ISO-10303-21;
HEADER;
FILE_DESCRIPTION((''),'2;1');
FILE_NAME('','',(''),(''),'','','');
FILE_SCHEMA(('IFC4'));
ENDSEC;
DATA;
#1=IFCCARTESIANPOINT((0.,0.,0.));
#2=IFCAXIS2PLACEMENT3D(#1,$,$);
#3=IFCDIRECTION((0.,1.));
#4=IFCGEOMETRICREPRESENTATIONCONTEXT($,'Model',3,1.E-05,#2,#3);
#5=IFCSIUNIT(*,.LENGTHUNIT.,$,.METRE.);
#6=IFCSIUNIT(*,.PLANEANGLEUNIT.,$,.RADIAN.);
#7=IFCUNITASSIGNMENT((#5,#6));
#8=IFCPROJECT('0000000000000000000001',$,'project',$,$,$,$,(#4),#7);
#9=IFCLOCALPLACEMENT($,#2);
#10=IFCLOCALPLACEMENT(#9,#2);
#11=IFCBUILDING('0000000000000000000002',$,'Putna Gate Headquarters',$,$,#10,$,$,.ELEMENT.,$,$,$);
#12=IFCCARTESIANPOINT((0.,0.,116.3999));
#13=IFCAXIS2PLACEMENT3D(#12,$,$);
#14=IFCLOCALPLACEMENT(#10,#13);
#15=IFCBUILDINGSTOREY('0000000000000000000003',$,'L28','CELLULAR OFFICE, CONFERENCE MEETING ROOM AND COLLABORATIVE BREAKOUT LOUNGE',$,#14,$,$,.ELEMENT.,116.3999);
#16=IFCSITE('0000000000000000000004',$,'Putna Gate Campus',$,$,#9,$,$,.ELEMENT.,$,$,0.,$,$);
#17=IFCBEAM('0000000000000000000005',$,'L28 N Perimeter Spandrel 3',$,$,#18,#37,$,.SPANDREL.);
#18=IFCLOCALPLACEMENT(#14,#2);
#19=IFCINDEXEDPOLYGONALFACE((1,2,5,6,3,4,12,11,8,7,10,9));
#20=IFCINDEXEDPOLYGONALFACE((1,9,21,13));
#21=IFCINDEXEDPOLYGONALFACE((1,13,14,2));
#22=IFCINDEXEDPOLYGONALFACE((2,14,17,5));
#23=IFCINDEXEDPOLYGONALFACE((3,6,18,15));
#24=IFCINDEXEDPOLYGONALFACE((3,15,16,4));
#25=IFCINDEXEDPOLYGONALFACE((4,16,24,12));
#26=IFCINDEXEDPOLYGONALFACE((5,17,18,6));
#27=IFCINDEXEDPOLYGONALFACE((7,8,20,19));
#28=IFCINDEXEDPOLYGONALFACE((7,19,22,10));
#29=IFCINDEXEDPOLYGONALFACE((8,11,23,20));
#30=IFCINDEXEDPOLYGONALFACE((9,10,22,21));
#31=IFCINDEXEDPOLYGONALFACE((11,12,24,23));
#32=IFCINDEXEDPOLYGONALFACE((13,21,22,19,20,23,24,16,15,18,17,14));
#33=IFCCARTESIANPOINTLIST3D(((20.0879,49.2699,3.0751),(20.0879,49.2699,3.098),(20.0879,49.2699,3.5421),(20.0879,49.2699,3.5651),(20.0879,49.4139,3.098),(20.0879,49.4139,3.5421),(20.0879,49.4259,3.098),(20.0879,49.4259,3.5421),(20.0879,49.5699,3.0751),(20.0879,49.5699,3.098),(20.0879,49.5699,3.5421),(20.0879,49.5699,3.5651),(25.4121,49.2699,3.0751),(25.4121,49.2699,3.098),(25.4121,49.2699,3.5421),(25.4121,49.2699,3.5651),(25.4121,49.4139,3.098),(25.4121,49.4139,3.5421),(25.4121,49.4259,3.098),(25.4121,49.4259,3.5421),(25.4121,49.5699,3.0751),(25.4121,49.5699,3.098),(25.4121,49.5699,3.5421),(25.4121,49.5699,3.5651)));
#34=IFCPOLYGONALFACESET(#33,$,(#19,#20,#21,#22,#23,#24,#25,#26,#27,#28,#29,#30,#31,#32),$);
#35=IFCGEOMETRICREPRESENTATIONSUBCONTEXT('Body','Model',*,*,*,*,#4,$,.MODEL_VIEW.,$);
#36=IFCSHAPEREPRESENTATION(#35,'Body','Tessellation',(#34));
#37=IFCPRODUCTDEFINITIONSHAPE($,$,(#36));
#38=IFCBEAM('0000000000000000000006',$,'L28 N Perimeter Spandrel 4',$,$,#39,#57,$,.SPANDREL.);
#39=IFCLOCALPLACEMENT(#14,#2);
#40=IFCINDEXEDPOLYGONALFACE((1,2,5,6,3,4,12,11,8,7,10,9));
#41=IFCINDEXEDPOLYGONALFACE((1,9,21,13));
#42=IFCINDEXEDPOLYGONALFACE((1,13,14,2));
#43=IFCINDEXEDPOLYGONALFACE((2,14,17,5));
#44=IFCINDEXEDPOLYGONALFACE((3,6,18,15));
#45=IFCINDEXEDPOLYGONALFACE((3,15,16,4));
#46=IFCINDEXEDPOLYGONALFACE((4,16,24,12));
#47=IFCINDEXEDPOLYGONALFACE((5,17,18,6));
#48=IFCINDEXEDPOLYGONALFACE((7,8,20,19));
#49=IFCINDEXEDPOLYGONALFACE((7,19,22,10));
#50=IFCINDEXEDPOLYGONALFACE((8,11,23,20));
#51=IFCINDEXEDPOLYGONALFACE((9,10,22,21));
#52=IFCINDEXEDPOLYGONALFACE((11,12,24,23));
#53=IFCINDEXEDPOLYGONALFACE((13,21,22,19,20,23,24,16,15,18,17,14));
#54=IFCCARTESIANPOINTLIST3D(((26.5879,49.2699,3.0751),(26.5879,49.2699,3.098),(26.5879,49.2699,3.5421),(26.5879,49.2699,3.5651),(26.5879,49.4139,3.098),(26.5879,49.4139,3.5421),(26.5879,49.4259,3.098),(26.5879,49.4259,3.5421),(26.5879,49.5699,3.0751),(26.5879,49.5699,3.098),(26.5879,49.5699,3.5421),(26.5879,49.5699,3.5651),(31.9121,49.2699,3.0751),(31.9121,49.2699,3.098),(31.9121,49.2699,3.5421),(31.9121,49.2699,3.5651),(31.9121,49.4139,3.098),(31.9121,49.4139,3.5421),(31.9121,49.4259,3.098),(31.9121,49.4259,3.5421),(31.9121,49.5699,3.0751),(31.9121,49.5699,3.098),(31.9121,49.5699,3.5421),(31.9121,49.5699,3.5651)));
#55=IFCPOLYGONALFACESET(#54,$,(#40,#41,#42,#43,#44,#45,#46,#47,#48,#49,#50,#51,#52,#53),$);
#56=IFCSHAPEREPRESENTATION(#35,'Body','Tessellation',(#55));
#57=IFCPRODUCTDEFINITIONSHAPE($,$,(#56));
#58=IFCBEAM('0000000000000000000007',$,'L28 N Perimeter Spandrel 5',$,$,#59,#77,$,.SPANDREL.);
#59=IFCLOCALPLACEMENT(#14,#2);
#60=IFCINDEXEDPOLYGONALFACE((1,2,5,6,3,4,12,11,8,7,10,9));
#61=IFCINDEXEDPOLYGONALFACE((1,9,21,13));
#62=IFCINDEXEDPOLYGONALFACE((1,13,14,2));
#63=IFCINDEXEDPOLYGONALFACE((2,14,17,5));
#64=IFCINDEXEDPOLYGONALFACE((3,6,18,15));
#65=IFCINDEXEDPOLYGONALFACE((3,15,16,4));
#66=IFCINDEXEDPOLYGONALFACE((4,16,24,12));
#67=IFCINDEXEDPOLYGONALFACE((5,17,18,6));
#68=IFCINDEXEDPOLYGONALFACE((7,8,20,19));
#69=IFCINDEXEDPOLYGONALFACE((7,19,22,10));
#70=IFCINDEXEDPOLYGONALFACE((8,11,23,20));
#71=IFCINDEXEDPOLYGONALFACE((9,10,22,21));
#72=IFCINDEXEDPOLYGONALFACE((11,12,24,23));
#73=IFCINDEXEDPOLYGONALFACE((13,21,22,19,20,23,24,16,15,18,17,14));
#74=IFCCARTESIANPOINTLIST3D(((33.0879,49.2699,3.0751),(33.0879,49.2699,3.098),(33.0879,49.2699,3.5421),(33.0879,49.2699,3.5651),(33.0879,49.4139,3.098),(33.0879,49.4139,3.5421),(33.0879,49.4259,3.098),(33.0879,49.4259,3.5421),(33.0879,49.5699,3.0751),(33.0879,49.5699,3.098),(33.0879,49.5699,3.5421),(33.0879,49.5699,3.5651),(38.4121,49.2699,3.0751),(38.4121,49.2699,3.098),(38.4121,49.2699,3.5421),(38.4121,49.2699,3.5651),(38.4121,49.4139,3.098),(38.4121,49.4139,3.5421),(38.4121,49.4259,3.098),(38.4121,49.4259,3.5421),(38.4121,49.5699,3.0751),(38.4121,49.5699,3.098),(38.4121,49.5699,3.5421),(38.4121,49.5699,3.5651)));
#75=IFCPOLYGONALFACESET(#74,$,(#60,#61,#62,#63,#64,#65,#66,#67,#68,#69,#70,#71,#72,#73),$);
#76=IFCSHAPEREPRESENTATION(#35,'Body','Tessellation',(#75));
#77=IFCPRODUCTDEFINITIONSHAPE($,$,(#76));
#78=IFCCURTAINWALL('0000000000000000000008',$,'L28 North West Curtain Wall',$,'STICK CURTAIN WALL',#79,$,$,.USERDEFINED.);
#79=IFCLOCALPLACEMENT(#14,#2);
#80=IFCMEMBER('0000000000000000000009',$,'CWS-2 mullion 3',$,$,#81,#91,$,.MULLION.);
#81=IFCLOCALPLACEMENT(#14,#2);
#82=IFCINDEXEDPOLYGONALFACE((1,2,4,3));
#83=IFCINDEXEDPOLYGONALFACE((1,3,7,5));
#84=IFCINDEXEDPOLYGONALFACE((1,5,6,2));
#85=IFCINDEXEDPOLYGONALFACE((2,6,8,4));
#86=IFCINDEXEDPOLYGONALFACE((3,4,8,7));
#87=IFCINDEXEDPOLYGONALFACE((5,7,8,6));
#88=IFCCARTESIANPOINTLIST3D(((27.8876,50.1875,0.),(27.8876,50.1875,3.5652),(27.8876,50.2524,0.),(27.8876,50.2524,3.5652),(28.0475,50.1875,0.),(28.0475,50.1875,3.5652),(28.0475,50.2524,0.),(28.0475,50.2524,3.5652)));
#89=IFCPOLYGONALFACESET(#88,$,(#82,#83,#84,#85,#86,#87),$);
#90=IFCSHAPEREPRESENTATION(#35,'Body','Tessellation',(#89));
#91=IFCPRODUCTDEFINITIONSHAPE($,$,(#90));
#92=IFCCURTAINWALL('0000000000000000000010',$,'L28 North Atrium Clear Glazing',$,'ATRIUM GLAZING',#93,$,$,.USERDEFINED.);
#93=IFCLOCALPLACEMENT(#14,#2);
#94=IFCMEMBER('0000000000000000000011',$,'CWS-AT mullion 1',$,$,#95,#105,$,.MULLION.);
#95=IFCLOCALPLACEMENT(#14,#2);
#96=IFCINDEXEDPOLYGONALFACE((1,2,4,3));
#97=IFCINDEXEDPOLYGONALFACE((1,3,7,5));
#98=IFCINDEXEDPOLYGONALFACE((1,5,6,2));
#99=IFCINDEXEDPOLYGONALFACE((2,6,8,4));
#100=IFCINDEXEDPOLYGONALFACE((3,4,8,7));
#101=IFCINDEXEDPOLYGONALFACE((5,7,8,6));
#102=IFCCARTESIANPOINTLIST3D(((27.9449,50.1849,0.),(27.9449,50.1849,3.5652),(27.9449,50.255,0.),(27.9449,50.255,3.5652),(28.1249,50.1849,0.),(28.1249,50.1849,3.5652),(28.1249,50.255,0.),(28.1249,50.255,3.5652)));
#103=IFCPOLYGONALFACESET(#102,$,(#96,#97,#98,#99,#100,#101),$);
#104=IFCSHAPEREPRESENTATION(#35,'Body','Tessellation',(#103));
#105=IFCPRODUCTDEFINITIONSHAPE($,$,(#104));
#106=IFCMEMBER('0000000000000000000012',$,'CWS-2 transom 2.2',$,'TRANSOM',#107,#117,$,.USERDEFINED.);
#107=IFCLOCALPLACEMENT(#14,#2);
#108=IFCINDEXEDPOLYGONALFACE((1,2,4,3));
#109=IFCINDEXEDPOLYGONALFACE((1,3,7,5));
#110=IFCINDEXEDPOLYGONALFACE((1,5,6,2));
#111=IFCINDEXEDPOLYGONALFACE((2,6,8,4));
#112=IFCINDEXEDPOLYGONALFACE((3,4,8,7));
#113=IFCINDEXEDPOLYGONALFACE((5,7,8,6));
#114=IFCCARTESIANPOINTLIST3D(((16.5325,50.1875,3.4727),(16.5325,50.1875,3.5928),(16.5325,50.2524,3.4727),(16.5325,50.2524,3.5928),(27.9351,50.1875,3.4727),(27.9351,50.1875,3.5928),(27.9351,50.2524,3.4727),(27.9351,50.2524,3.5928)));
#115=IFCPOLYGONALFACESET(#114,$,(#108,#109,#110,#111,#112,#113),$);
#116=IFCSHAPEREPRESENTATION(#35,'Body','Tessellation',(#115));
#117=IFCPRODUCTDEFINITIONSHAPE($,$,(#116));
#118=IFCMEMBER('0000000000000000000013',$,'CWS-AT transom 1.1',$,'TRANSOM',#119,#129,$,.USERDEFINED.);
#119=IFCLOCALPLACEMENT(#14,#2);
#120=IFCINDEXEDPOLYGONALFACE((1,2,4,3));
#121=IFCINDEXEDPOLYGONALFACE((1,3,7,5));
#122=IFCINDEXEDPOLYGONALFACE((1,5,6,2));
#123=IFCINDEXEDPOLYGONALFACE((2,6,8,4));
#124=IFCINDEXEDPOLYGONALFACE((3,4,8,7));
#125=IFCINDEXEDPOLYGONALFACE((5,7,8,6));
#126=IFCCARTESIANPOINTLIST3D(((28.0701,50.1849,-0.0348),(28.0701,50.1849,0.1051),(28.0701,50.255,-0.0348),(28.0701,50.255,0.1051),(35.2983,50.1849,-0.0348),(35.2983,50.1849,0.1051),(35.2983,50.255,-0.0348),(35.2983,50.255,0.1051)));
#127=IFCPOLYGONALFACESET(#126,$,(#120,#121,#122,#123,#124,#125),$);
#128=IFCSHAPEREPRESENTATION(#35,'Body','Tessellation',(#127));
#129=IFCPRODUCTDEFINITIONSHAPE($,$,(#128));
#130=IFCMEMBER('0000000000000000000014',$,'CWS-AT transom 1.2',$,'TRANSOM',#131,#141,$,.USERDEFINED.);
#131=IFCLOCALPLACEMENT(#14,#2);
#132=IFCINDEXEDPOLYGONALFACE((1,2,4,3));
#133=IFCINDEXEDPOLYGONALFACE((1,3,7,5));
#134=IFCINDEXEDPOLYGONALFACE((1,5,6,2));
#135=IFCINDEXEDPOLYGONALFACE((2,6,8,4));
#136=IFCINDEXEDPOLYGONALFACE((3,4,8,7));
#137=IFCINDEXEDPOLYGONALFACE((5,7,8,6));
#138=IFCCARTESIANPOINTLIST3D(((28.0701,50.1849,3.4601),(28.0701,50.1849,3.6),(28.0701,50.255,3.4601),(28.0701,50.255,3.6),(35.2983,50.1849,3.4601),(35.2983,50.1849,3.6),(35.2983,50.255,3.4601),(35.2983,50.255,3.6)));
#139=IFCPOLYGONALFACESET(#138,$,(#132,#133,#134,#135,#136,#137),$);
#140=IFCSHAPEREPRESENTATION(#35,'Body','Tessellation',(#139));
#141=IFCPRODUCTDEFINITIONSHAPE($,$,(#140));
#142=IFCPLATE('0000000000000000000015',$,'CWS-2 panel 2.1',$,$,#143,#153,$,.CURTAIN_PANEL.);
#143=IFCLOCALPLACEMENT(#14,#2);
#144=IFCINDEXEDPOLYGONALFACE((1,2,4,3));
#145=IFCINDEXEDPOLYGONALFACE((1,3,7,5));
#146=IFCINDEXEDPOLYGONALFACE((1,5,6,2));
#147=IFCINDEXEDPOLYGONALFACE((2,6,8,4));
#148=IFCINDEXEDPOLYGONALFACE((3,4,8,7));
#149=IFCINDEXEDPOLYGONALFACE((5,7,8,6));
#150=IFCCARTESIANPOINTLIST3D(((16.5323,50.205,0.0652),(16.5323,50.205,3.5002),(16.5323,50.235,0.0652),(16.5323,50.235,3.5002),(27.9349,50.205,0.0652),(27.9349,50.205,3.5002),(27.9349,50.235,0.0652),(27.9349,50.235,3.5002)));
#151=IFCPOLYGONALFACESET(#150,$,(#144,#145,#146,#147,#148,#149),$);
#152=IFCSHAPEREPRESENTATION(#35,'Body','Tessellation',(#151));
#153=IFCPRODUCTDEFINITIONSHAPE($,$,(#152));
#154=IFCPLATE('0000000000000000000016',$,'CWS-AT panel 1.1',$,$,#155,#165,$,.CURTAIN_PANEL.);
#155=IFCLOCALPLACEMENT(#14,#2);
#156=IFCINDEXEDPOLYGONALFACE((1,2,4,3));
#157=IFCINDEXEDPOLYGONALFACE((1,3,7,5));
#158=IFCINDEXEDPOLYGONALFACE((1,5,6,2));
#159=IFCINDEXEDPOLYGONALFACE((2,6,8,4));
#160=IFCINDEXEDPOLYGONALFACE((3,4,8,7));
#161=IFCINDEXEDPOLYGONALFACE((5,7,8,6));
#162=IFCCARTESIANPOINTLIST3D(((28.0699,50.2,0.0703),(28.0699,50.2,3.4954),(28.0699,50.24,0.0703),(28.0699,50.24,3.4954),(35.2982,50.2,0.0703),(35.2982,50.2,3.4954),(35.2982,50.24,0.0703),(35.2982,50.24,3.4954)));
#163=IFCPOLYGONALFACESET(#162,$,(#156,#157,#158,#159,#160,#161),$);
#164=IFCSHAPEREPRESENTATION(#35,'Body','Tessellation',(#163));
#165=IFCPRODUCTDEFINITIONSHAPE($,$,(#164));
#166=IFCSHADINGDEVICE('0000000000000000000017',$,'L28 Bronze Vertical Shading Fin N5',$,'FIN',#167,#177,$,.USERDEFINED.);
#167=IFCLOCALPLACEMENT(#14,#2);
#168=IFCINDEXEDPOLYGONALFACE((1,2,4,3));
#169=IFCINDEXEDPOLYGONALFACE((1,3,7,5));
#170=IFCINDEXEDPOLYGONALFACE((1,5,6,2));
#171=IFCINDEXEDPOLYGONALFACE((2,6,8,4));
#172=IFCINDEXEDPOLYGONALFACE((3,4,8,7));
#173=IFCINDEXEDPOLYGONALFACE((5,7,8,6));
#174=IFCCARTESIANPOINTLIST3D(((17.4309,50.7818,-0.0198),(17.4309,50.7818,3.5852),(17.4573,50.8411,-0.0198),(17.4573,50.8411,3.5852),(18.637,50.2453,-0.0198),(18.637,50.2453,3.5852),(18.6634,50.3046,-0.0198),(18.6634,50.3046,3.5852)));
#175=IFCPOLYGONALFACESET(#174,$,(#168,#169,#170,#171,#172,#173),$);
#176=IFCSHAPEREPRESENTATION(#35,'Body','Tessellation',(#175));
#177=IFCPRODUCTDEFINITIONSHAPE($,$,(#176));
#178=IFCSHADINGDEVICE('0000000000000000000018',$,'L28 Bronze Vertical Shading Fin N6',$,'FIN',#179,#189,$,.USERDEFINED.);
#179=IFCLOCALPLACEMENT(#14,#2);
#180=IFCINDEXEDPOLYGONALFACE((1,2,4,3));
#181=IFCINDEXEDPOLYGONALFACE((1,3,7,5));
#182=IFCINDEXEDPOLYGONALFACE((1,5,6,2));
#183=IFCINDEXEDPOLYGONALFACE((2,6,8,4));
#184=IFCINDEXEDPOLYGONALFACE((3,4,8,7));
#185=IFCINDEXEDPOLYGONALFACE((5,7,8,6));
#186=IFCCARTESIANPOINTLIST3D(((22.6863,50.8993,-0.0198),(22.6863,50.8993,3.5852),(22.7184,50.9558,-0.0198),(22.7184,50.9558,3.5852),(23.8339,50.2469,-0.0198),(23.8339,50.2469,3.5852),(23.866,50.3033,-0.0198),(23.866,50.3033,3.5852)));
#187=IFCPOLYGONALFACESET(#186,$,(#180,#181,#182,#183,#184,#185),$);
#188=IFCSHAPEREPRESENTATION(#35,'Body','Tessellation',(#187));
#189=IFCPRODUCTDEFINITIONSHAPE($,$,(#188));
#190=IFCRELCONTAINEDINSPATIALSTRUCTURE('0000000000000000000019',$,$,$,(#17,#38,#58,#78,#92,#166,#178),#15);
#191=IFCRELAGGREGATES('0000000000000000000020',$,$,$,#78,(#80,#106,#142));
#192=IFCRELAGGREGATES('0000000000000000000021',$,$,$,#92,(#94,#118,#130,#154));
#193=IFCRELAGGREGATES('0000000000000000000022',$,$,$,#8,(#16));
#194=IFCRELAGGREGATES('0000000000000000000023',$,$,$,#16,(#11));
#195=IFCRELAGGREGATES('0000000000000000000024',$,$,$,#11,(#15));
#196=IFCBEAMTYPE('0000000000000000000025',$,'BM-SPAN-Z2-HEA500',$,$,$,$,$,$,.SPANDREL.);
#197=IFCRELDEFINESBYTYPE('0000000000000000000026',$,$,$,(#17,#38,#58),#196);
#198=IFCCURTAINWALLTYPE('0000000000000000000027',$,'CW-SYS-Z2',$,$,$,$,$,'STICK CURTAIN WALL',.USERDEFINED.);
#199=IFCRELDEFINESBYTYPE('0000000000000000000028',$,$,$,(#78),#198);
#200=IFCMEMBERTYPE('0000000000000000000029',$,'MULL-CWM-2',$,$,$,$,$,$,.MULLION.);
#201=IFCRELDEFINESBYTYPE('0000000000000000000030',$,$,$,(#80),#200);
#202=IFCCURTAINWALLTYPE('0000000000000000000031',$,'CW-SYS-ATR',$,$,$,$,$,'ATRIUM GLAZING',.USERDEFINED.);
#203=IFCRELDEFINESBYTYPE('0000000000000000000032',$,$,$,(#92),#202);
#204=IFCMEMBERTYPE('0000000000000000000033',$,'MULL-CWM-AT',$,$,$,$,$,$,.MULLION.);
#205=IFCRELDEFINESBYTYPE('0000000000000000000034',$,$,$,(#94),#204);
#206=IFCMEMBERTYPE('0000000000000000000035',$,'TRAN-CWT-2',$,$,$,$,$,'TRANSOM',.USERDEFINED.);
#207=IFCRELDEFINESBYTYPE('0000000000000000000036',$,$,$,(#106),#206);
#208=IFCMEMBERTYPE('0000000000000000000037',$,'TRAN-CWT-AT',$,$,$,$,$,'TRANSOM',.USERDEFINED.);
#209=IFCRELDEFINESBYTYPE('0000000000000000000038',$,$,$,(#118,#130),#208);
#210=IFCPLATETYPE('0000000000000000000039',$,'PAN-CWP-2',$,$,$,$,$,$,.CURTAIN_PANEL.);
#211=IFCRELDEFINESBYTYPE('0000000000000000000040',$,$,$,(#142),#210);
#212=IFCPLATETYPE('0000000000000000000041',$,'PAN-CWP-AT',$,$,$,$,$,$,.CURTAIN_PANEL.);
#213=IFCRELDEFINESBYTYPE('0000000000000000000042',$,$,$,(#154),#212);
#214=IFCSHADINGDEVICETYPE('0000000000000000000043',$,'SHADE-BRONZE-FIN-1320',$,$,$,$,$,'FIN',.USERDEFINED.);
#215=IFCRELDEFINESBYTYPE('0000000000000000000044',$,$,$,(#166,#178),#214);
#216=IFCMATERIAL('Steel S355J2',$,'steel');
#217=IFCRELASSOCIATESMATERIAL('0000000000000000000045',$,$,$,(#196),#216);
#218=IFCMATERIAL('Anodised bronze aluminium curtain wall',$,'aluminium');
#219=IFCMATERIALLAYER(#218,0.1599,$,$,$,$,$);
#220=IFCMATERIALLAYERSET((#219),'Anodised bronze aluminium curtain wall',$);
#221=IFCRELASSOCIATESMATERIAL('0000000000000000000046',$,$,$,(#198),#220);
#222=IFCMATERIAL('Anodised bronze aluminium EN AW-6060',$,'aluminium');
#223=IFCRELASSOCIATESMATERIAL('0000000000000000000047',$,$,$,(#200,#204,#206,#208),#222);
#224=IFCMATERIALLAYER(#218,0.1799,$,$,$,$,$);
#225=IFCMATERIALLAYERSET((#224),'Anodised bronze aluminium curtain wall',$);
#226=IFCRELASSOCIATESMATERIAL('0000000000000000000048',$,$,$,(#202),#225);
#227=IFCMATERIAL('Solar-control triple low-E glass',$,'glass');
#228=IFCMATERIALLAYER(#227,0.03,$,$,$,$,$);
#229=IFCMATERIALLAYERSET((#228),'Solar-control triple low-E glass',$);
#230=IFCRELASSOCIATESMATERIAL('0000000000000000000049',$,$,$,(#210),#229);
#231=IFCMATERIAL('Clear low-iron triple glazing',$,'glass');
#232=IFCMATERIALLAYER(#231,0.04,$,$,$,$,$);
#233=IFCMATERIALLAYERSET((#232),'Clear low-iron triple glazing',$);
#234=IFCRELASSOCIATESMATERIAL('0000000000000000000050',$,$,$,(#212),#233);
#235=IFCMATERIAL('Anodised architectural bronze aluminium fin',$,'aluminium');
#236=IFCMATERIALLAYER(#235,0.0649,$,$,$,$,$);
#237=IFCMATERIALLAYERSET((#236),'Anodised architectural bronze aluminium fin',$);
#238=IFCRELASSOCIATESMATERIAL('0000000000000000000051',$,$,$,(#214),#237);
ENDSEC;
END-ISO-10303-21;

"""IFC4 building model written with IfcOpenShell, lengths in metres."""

from ifc_helpers import new_model, si_unit, direction, frame, origin, origin_2d, place, context, subcontext, project, spatial, rectangle, i_section, extrude, material, layer, layer_set, material_profile, profile_set, type_object, element, aggregate, save


model = new_model("IFC4")

# Units and contexts
model_context = context("Model", 3, precision=1e-05, world=origin(), true_north=direction((0.0, 1.0)))
body_context = subcontext(model_context, "Body", "Model", "MODEL_VIEW")
ifc_project = project(units=[si_unit("LENGTHUNIT", "METRE"), si_unit("PLANEANGLEUNIT", "RADIAN")], contexts=[model_context])

# Site, building, storey
site_placement = place(None, origin())
site = spatial("IfcSite", under=ifc_project, at=site_placement, Name="Putna Gate Campus", CompositionType="ELEMENT", RefElevation=0.0)
building_placement = place(site_placement, origin())
building = spatial("IfcBuilding", under=site, at=building_placement, Name="Putna Gate Headquarters", CompositionType="ELEMENT")
storey_placement = place(building_placement, frame((0.0, 0.0, 116.3999)))
storey = spatial("IfcBuildingStorey", under=building, at=storey_placement, Name="L28", Description="CELLULAR OFFICE, CONFERENCE MEETING ROOM AND COLLABORATIVE BREAKOUT LOUNGE", CompositionType="ELEMENT", Elevation=116.3999)

# Beams
ifc_material_1 = material(Name="Steel S355J2", Category="steel")
ifc_material_profile_1 = material_profile(ifc_material_1, i_section(OverallWidth=0.3, OverallDepth=0.49, WebThickness=0.012, FlangeThickness=0.0229, at=origin_2d()), Name="Steel S355J2")
ifc_profile_set_1 = profile_set([ifc_material_profile_1], Name="Steel S355J2")
beam_type_1 = type_object("IfcBeamType", Name="BM-SPAN-Z2-HEA500", PredefinedType="SPANDREL", material=ifc_profile_set_1)
for number, where, z_axis, x_axis, name in (
    (1, (20.0879, 49.4199, 3.3201), (1.0, 0.0, 0.0), (0.0, 1.0, 0.0), "L28 N Perimeter Spandrel 3"),
    (2, (26.5879, 49.4199, 3.3201), (1.0, 0.0, 0.0), (0.0, 1.0, 0.0), "L28 N Perimeter Spandrel 4"),
    (3, (33.0879, 49.4199, 3.3201), (1.0, 0.0, 0.0), (0.0, 1.0, 0.0), "L28 N Perimeter Spandrel 5"),
):
    element("IfcBeam", number, at=place(storey_placement, frame(where, z_axis=z_axis, x_axis=x_axis)), inside=storey, type_object=beam_type_1, Name=name, PredefinedType="SPANDREL", context=body_context, shape_type="SweptSolid", body=[
        extrude(i_section(OverallWidth=0.3, OverallDepth=0.49, WebThickness=0.012, FlangeThickness=0.0229, at=origin_2d()), origin(), (0.0, 0.0, 1.0), 5.3242),
    ])

# Curtain walls, members
ifc_material_2 = material(Name="Anodised bronze aluminium curtain wall", Category="aluminium")
ifc_layer_1 = layer(ifc_material_2, 0.1599)
ifc_layer_set_1 = layer_set([ifc_layer_1], Name="Anodised bronze aluminium curtain wall")
curtain_wall_type_1 = type_object("IfcCurtainWallType", Name="CW-SYS-Z2", ElementType="STICK CURTAIN WALL", PredefinedType="USERDEFINED", material=ifc_layer_set_1)
curtain_wall_1_placement = place(storey_placement, origin())
curtain_wall_1 = element("IfcCurtainWall", 4, at=curtain_wall_1_placement, inside=storey, type_object=curtain_wall_type_1, Name="L28 North West Curtain Wall", ObjectType="STICK CURTAIN WALL", PredefinedType="USERDEFINED")
ifc_material_3 = material(Name="Anodised bronze aluminium EN AW-6060", Category="aluminium")
ifc_material_profile_2 = material_profile(ifc_material_3, rectangle(XDim=0.0649, YDim=0.1599, at=origin_2d()), Name="Anodised bronze aluminium EN AW-6060")
ifc_profile_set_2 = profile_set([ifc_material_profile_2], Name="Anodised bronze aluminium EN AW-6060")
member_type_1 = type_object("IfcMemberType", Name="MULL-CWM-2", PredefinedType="MULLION", material=ifc_profile_set_2)
member_1_placement = place(storey_placement, frame((27.9675, 50.22, 0.0), z_axis=(0.0, 0.0, 1.0), x_axis=(0.0, 1.0, 0.0)))
member_1 = element("IfcMember", 5, at=member_1_placement, type_object=member_type_1, Name="CWS-2 mullion 3", PredefinedType="MULLION", context=body_context, shape_type="SweptSolid", body=[
    extrude(rectangle(XDim=0.0649, YDim=0.1599, at=origin_2d()), origin(), (0.0, 0.0, 1.0), 3.5652),
])
ifc_layer_2 = layer(ifc_material_2, 0.1799)
ifc_layer_set_2 = layer_set([ifc_layer_2], Name="Anodised bronze aluminium curtain wall")
curtain_wall_type_2 = type_object("IfcCurtainWallType", Name="CW-SYS-ATR", ElementType="ATRIUM GLAZING", PredefinedType="USERDEFINED", material=ifc_layer_set_2)
curtain_wall_2_placement = place(storey_placement, origin())
curtain_wall_2 = element("IfcCurtainWall", 6, at=curtain_wall_2_placement, inside=storey, type_object=curtain_wall_type_2, Name="L28 North Atrium Clear Glazing", ObjectType="ATRIUM GLAZING", PredefinedType="USERDEFINED")
ifc_material_profile_3 = material_profile(ifc_material_3, rectangle(XDim=0.0701, YDim=0.1799, at=origin_2d()), Name="Anodised bronze aluminium EN AW-6060")
ifc_profile_set_3 = profile_set([ifc_material_profile_3], Name="Anodised bronze aluminium EN AW-6060")
member_type_2 = type_object("IfcMemberType", Name="MULL-CWM-AT", PredefinedType="MULLION", material=ifc_profile_set_3)
member_2_placement = place(storey_placement, frame((28.0349, 50.22, 0.0), z_axis=(0.0, 0.0, 1.0), x_axis=(0.0, 1.0, 0.0)))
member_2 = element("IfcMember", 7, at=member_2_placement, type_object=member_type_2, Name="CWS-AT mullion 1", PredefinedType="MULLION", context=body_context, shape_type="SweptSolid", body=[
    extrude(rectangle(XDim=0.0701, YDim=0.1799, at=origin_2d()), origin(), (0.0, 0.0, 1.0), 3.5652),
])

# Members
ifc_material_profile_4 = material_profile(ifc_material_3, rectangle(XDim=0.0649, YDim=0.1201, at=origin_2d()), Name="Anodised bronze aluminium EN AW-6060")
ifc_profile_set_4 = profile_set([ifc_material_profile_4], Name="Anodised bronze aluminium EN AW-6060")
member_type_3 = type_object("IfcMemberType", Name="TRAN-CWT-2", ElementType="TRANSOM", PredefinedType="USERDEFINED", material=ifc_profile_set_4)
member_3_placement = place(storey_placement, frame((16.5325, 50.22, 3.5327), z_axis=(1.0, 0.0, 0.0), x_axis=(0.0, 1.0, 0.0)))
member_3 = element("IfcMember", 8, at=member_3_placement, type_object=member_type_3, Name="CWS-2 transom 2.2", ObjectType="TRANSOM", PredefinedType="USERDEFINED", context=body_context, shape_type="SweptSolid", body=[
    extrude(rectangle(XDim=0.0649, YDim=0.1201, at=origin_2d()), origin(), (0.0, 0.0, 1.0), 11.4026),
])
ifc_material_profile_5 = material_profile(ifc_material_3, rectangle(XDim=0.0701, YDim=0.1399, at=origin_2d()), Name="Anodised bronze aluminium EN AW-6060")
ifc_profile_set_5 = profile_set([ifc_material_profile_5], Name="Anodised bronze aluminium EN AW-6060")
member_type_4 = type_object("IfcMemberType", Name="TRAN-CWT-AT", ElementType="TRANSOM", PredefinedType="USERDEFINED", material=ifc_profile_set_5)
member_4_placement = place(storey_placement, frame((28.0701, 50.22, 0.0352), z_axis=(1.0, 0.0, 0.0), x_axis=(0.0, 1.0, 0.0)))
member_4 = element("IfcMember", 9, at=member_4_placement, type_object=member_type_4, Name="CWS-AT transom 1.1", ObjectType="TRANSOM", PredefinedType="USERDEFINED", context=body_context, shape_type="SweptSolid", body=[
    extrude(rectangle(XDim=0.0701, YDim=0.1399, at=origin_2d()), origin(), (0.0, 0.0, 1.0), 7.2283),
])
member_5_placement = place(storey_placement, frame((28.0701, 50.22, 3.53), z_axis=(1.0, 0.0, 0.0), x_axis=(0.0, 1.0, 0.0)))
member_5 = element("IfcMember", 10, at=member_5_placement, type_object=member_type_4, Name="CWS-AT transom 1.2", ObjectType="TRANSOM", PredefinedType="USERDEFINED", context=body_context, shape_type="SweptSolid", body=[
    extrude(rectangle(XDim=0.0701, YDim=0.1399, at=origin_2d()), origin(), (0.0, 0.0, 1.0), 7.2283),
])

# Plates
ifc_material_4 = material(Name="Solar-control triple low-E glass", Category="glass")
ifc_layer_3 = layer(ifc_material_4, 0.03)
ifc_layer_set_3 = layer_set([ifc_layer_3], Name="Solar-control triple low-E glass")
plate_type_1 = type_object("IfcPlateType", Name="PAN-CWP-2", PredefinedType="CURTAIN_PANEL", material=ifc_layer_set_3)
plate_1_placement = place(storey_placement, frame((22.2336, 50.22, 0.0652), z_axis=(0.0, 0.0, 1.0), x_axis=(1.0, 0.0, 0.0)))
plate_1 = element("IfcPlate", 11, at=plate_1_placement, type_object=plate_type_1, Name="CWS-2 panel 2.1", PredefinedType="CURTAIN_PANEL", context=body_context, shape_type="SweptSolid", body=[
    extrude(rectangle(XDim=11.4026, YDim=0.03, at=origin_2d()), origin(), (0.0, 0.0, 1.0), 3.4351),
])
aggregate(curtain_wall_1, [member_1, member_3, plate_1])
ifc_material_5 = material(Name="Clear low-iron triple glazing", Category="glass")
ifc_layer_4 = layer(ifc_material_5, 0.04)
ifc_layer_set_4 = layer_set([ifc_layer_4], Name="Clear low-iron triple glazing")
plate_type_2 = type_object("IfcPlateType", Name="PAN-CWP-AT", PredefinedType="CURTAIN_PANEL", material=ifc_layer_set_4)
plate_2_placement = place(storey_placement, frame((31.6841, 50.22, 0.0703), z_axis=(0.0, 0.0, 1.0), x_axis=(1.0, 0.0, 0.0)))
plate_2 = element("IfcPlate", 12, at=plate_2_placement, type_object=plate_type_2, Name="CWS-AT panel 1.1", PredefinedType="CURTAIN_PANEL", context=body_context, shape_type="SweptSolid", body=[
    extrude(rectangle(XDim=7.2283, YDim=0.04, at=origin_2d()), origin(), (0.0, 0.0, 1.0), 3.425),
])
aggregate(curtain_wall_2, [member_2, member_4, member_5, plate_2])

# Shading devices
ifc_material_6 = material(Name="Anodised architectural bronze aluminium fin", Category="aluminium")
ifc_layer_5 = layer(ifc_material_6, 0.0649)
ifc_layer_set_5 = layer_set([ifc_layer_5], Name="Anodised architectural bronze aluminium fin")
shading_device_type = type_object("IfcShadingDeviceType", Name="SHADE-BRONZE-FIN-1320", ElementType="FIN", PredefinedType="USERDEFINED", material=ifc_layer_set_5)
for number, where, z_axis, x_axis, name in (
    (13, (18.0471, 50.5432, -0.0198), (0.0, 0.0, 1.0), (-0.913687, 0.406418, 0.0), "L28 Bronze Vertical Shading Fin N5"),
    (14, (23.2761, 50.6013, -0.0198), (0.0, 0.0, 1.0), (-0.869322, 0.494245, 0.0), "L28 Bronze Vertical Shading Fin N6"),
):
    element("IfcShadingDevice", number, at=place(storey_placement, frame(where, z_axis=z_axis, x_axis=x_axis)), inside=storey, type_object=shading_device_type, Name=name, ObjectType="FIN", PredefinedType="USERDEFINED", context=body_context, shape_type="SweptSolid", body=[
        extrude(rectangle(XDim=1.3201, YDim=0.0649, at=origin_2d()), origin(), (0.0, 0.0, 1.0), 3.605),
    ])

save(model, "model.ifc")
